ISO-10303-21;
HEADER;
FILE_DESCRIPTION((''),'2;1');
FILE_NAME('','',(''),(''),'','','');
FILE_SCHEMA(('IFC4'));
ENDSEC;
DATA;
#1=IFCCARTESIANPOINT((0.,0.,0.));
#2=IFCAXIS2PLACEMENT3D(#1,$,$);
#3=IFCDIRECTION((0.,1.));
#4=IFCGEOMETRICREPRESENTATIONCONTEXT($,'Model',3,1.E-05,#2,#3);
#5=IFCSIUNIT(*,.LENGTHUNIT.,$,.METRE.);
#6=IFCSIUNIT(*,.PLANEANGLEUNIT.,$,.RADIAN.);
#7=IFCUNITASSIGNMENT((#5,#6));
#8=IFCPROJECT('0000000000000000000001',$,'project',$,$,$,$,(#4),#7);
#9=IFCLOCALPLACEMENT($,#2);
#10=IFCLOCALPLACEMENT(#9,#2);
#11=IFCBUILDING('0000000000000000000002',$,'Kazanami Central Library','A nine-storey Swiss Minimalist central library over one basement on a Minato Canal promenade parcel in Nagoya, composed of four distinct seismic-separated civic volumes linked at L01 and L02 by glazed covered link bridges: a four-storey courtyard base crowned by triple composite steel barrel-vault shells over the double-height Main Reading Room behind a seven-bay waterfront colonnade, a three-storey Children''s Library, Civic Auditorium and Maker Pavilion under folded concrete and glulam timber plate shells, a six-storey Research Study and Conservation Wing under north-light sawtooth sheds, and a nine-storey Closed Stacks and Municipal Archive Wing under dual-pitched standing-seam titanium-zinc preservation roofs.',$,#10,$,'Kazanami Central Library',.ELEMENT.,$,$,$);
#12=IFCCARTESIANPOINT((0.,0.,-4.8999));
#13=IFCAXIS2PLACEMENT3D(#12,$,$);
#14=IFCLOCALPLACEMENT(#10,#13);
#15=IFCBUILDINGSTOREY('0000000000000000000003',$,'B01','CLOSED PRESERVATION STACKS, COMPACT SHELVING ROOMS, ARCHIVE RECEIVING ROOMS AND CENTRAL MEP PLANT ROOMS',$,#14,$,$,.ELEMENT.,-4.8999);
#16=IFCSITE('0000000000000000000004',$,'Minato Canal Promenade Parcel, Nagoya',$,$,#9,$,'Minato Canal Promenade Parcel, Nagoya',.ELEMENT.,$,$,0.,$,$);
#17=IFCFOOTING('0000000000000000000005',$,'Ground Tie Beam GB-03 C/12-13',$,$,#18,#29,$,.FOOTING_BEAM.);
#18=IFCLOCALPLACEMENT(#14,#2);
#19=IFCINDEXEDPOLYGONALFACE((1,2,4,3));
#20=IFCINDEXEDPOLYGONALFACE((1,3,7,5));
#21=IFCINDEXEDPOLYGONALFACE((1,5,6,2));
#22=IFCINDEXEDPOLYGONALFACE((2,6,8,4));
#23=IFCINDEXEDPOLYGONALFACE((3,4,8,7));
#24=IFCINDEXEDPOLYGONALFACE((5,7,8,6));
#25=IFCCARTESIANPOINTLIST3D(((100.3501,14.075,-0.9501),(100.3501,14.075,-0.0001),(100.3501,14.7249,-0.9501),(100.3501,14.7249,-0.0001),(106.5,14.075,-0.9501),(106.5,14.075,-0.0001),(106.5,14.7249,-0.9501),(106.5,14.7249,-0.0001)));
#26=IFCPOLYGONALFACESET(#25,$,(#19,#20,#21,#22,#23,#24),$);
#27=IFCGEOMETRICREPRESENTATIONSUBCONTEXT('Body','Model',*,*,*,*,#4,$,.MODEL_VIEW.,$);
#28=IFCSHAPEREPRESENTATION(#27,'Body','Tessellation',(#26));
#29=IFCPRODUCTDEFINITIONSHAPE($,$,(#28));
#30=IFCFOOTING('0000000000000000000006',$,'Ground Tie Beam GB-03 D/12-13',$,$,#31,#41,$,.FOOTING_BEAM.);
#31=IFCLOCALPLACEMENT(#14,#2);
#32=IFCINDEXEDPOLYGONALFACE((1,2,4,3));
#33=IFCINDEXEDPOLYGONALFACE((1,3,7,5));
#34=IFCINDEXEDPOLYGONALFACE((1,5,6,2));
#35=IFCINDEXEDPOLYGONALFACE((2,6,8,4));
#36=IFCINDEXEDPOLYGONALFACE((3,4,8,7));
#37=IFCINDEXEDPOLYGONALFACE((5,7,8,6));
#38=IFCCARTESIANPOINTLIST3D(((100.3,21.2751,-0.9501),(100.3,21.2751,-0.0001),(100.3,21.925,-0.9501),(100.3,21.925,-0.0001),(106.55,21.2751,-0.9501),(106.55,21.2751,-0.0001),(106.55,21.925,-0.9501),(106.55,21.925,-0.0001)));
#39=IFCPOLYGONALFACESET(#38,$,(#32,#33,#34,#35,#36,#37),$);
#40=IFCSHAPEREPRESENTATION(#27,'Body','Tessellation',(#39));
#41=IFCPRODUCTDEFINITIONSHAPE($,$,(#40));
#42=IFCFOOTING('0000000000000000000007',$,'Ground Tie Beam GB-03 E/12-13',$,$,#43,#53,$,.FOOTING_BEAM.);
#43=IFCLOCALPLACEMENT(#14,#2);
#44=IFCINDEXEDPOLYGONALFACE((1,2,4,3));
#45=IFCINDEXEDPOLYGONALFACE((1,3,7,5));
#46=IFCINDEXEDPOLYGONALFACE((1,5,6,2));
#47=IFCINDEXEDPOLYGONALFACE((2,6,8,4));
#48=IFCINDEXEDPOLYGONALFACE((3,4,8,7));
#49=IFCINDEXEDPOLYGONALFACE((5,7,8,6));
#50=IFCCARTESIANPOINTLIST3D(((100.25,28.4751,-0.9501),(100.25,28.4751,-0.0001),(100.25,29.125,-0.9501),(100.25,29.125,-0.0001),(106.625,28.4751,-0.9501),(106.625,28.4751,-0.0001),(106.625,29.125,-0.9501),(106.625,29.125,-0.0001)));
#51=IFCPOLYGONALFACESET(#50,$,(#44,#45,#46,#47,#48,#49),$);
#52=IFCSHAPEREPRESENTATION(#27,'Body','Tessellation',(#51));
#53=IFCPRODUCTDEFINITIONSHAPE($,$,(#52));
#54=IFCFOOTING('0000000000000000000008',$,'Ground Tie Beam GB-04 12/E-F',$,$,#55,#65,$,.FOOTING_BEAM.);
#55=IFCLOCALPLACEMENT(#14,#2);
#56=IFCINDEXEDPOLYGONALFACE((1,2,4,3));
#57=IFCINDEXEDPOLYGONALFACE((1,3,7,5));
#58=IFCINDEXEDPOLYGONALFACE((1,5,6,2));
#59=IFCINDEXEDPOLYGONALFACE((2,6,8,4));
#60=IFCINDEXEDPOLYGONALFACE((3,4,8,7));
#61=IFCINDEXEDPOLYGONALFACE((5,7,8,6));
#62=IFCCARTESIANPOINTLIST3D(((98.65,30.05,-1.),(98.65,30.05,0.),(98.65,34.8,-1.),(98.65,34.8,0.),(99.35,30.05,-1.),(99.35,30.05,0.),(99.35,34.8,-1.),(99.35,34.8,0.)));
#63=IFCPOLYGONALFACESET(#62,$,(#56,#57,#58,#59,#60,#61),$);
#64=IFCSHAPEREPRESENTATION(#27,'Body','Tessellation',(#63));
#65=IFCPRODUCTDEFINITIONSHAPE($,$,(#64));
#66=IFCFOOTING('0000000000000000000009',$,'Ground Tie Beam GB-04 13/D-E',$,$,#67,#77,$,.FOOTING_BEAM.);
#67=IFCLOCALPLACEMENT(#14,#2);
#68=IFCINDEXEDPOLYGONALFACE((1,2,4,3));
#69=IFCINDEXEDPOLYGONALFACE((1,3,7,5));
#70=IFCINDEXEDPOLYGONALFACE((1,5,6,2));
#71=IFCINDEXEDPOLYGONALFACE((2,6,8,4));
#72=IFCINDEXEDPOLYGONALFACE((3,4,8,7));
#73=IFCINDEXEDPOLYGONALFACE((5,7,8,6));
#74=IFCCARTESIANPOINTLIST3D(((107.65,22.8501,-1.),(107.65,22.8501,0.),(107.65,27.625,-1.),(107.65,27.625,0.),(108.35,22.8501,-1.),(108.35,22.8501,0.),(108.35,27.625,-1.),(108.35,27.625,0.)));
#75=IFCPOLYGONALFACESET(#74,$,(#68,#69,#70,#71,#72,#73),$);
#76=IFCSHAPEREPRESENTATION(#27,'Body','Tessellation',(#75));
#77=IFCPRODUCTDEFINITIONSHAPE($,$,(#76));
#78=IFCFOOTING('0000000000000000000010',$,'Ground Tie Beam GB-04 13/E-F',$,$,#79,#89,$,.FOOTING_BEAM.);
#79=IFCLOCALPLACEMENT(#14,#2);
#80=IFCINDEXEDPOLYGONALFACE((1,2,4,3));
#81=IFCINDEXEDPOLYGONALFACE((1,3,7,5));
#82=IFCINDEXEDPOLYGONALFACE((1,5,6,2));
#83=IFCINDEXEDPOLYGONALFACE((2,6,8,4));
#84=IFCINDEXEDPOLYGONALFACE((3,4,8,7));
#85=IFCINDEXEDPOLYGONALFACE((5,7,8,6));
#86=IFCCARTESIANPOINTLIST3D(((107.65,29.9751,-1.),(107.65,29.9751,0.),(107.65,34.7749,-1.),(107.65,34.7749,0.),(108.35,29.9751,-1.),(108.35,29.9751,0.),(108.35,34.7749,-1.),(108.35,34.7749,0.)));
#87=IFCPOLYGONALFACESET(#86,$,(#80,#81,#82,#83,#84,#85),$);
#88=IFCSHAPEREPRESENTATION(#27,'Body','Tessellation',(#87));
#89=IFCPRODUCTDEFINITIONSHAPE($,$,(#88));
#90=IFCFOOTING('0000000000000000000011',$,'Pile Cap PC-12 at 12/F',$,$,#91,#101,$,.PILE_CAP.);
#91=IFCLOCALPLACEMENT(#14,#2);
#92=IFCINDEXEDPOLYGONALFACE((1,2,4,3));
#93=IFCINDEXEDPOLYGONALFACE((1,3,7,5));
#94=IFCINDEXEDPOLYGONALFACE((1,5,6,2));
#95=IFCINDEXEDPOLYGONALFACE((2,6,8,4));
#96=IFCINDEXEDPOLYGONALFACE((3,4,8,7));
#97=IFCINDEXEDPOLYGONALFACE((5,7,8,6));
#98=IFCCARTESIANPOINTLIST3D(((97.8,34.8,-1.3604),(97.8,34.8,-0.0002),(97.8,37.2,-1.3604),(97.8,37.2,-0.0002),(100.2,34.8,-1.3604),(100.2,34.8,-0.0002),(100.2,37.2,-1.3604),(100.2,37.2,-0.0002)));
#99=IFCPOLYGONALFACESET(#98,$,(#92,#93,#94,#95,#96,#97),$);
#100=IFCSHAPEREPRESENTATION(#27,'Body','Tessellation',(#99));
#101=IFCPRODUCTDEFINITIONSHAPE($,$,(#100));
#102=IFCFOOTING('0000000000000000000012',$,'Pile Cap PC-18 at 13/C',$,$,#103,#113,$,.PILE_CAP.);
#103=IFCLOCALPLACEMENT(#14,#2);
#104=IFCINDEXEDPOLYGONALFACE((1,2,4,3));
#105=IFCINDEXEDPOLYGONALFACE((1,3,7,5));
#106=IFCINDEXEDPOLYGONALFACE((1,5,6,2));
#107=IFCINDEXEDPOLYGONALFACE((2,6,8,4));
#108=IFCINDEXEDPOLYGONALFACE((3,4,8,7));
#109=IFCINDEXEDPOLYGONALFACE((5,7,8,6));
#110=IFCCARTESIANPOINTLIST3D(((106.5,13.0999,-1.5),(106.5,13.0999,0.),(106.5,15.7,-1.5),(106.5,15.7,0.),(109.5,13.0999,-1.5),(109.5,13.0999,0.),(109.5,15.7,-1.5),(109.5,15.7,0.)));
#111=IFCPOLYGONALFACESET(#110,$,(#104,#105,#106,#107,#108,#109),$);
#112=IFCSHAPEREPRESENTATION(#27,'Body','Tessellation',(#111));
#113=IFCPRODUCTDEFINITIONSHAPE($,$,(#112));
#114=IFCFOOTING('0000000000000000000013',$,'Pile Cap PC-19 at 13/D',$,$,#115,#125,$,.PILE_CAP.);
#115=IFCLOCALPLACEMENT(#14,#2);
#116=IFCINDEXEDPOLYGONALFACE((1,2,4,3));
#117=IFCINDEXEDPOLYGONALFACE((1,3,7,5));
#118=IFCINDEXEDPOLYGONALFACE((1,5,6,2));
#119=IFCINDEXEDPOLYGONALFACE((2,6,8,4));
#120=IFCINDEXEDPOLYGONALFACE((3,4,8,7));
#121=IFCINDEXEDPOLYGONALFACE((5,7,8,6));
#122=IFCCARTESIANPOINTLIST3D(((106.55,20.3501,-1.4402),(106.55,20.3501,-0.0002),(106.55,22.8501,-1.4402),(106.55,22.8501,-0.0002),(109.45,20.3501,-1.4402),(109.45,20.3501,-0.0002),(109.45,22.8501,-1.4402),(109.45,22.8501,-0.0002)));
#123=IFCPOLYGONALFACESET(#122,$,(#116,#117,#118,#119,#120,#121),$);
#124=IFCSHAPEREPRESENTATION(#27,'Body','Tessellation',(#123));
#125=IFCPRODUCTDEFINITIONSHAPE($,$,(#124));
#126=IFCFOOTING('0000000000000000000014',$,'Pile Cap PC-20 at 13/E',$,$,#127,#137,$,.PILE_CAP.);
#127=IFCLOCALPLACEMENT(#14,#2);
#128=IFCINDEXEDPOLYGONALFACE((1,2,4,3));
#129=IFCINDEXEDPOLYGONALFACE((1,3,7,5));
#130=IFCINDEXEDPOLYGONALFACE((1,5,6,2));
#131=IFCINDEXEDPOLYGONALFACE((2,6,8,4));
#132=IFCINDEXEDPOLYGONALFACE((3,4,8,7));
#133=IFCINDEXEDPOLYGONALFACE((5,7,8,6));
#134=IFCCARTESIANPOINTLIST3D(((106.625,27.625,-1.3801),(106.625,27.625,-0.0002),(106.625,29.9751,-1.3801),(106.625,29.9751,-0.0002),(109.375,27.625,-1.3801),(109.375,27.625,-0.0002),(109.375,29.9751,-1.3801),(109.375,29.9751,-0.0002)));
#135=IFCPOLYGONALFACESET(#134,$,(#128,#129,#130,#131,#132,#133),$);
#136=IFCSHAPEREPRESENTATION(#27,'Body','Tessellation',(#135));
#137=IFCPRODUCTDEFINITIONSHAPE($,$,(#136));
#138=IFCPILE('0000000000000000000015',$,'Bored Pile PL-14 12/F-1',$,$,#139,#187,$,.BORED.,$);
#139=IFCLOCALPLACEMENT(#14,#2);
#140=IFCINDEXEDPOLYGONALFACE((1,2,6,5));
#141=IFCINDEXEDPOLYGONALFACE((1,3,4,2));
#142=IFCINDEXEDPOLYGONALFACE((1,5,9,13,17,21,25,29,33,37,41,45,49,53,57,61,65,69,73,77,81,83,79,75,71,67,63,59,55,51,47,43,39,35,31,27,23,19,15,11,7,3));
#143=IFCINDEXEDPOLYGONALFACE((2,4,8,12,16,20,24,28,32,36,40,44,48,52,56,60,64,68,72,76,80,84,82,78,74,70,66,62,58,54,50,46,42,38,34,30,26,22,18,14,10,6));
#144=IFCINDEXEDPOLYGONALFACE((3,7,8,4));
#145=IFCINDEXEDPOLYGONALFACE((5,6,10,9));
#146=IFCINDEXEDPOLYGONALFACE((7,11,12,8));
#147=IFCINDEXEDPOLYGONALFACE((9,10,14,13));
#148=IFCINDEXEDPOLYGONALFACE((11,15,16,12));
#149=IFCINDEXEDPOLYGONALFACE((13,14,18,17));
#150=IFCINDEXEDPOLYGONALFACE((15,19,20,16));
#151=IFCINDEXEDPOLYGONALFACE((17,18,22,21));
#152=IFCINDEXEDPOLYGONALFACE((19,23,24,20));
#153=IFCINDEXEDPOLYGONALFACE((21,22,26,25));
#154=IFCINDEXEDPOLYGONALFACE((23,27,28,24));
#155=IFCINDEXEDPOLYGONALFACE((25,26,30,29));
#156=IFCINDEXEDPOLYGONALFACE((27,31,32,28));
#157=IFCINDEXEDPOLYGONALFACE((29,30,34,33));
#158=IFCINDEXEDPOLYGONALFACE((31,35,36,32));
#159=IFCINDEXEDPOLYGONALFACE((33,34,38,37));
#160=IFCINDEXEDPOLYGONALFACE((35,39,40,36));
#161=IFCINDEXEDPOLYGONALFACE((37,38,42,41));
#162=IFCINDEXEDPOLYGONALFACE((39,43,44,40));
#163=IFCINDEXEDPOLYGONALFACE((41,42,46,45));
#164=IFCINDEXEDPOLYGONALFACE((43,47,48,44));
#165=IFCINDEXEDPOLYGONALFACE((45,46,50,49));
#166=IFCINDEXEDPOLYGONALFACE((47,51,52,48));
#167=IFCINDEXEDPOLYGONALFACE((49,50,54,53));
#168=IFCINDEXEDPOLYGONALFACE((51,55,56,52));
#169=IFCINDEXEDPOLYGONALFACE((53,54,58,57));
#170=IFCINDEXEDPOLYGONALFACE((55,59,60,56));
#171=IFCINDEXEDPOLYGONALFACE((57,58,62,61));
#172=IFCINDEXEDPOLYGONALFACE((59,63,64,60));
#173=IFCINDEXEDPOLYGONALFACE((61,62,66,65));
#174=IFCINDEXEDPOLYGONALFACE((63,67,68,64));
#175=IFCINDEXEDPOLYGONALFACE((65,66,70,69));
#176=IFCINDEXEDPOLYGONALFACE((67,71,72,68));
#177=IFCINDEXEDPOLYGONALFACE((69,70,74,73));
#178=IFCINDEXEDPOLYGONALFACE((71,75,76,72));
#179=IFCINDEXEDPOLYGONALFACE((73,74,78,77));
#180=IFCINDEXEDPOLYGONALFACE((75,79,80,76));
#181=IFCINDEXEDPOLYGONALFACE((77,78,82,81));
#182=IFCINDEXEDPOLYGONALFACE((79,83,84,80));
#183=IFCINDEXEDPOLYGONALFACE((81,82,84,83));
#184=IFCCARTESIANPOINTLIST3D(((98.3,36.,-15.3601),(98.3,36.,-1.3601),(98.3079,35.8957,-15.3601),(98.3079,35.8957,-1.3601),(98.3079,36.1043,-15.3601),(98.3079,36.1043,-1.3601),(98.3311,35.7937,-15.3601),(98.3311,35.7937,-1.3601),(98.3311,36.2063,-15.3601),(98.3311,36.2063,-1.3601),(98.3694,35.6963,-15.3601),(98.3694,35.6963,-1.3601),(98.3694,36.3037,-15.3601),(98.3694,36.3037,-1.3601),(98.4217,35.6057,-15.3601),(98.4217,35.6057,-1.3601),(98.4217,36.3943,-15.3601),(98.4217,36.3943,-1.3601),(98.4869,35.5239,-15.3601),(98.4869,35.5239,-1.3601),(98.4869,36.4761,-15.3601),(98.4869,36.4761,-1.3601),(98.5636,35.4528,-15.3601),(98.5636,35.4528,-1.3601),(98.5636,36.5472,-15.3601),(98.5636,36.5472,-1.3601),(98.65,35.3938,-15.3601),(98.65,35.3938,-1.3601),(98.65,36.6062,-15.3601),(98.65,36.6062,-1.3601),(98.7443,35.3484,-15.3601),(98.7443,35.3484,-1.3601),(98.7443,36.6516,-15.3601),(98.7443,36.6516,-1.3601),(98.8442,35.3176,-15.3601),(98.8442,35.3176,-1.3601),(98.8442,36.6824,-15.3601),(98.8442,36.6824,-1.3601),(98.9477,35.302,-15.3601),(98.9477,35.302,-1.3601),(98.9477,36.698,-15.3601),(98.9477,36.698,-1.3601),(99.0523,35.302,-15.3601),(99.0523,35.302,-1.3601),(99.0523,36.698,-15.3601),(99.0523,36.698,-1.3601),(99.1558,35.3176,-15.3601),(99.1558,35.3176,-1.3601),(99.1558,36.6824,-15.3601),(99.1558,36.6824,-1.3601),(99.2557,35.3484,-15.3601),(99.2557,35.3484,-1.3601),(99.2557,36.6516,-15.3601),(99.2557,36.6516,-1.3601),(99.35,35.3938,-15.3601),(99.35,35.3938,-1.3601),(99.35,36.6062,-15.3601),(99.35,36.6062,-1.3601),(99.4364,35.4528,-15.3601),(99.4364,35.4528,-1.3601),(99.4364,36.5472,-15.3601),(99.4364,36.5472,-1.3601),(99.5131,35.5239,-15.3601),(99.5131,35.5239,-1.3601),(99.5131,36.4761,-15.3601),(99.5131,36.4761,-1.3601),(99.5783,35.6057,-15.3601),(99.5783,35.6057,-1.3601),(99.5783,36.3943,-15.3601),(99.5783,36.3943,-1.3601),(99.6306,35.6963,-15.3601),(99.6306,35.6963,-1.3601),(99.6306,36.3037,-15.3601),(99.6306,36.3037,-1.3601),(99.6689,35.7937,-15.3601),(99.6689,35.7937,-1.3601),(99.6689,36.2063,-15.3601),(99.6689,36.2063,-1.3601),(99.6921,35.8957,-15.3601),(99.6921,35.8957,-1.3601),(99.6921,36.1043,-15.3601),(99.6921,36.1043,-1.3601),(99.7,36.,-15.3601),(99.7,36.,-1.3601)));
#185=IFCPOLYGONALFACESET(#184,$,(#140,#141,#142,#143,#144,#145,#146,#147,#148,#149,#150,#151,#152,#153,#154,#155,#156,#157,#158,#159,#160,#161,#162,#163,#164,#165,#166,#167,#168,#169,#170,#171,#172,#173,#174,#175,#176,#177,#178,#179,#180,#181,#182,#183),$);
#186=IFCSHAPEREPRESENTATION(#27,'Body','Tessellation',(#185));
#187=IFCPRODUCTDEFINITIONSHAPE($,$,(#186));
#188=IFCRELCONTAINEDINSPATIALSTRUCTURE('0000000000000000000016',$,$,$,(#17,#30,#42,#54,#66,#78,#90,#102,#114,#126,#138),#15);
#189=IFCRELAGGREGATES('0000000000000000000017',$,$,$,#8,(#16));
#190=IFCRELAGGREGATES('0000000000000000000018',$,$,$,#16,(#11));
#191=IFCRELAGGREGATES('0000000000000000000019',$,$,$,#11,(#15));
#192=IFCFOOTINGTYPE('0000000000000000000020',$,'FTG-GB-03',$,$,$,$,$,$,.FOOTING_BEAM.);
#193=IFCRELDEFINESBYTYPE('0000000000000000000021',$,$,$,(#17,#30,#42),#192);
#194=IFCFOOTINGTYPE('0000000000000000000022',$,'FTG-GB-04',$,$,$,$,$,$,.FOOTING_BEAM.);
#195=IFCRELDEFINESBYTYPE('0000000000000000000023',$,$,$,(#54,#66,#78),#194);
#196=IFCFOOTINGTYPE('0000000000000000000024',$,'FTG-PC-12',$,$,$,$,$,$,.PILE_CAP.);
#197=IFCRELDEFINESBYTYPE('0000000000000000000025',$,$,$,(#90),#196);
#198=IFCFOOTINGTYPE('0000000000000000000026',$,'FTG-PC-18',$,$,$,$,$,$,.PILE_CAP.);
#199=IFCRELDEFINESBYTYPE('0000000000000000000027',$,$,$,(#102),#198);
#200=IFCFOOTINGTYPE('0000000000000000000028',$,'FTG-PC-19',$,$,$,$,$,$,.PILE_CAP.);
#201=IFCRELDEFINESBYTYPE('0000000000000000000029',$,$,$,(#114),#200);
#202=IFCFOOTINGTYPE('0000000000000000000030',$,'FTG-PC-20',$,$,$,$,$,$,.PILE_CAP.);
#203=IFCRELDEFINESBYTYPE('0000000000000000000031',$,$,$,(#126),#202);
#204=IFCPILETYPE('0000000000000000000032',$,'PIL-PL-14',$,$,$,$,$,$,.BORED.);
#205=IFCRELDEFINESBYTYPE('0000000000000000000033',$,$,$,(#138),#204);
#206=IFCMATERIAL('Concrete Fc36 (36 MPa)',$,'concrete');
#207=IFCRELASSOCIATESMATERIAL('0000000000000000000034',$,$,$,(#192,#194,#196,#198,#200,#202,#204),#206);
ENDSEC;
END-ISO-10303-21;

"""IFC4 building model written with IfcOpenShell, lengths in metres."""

from ifc_helpers import new_model, si_unit, direction, frame, origin, origin_2d, place, context, subcontext, project, spatial, rectangle, circle, extrude, material, material_profile, profile_set, type_object, element, save


model = new_model("IFC4")

# Units and contexts
model_context = context("Model", 3, precision=1e-05, world=origin(), true_north=direction((0.0, 1.0)))
body_context = subcontext(model_context, "Body", "Model", "MODEL_VIEW")
ifc_project = project(units=[si_unit("LENGTHUNIT", "METRE"), si_unit("PLANEANGLEUNIT", "RADIAN")], contexts=[model_context])

# Site, building, storey
site_placement = place(None, origin())
site = spatial("IfcSite", under=ifc_project, at=site_placement, Name="Minato Canal Promenade Parcel, Nagoya", LongName="Minato Canal Promenade Parcel, Nagoya", CompositionType="ELEMENT", RefElevation=0.0)
building_placement = place(site_placement, origin())
building = spatial("IfcBuilding", under=site, at=building_placement, Name="Kazanami Central Library", Description="A nine-storey Swiss Minimalist central library over one basement on a Minato Canal promenade parcel in Nagoya, composed of four distinct seismic-separated civic volumes linked at L01 and L02 by glazed covered link bridges: a four-storey courtyard base crowned by triple composite steel barrel-vault shells over the double-height Main Reading Room behind a seven-bay waterfront colonnade, a three-storey Children's Library, Civic Auditorium and Maker Pavilion under folded concrete and glulam timber plate shells, a six-storey Research Study and Conservation Wing under north-light sawtooth sheds, and a nine-storey Closed Stacks and Municipal Archive Wing under dual-pitched standing-seam titanium-zinc preservation roofs.", LongName="Kazanami Central Library", CompositionType="ELEMENT")
storey_placement = place(building_placement, frame((0.0, 0.0, -4.8999)))
storey = spatial("IfcBuildingStorey", under=building, at=storey_placement, Name="B01", Description="CLOSED PRESERVATION STACKS, COMPACT SHELVING ROOMS, ARCHIVE RECEIVING ROOMS AND CENTRAL MEP PLANT ROOMS", CompositionType="ELEMENT", Elevation=-4.8999)

# Footings
ifc_material_1 = material(Name="Concrete Fc36 (36 MPa)", Category="concrete")
ifc_material_profile_1 = material_profile(ifc_material_1, rectangle(XDim=0.6499, YDim=0.95, at=origin_2d()), Name="RC-650x950")
ifc_profile_set_1 = profile_set([ifc_material_profile_1], Name="Concrete Fc36 (36 MPa)")
footing_type_1 = type_object("IfcFootingType", Name="FTG-GB-03", PredefinedType="FOOTING_BEAM", material=ifc_profile_set_1)
footing_1_placement = place(storey_placement, frame((100.3501, 14.3999, -0.4751), z_axis=(1.0, 0.0, 0.0), x_axis=(0.0, 1.0, 0.0)))
element("IfcFooting", 1, at=footing_1_placement, inside=storey, type_object=footing_type_1, Name="Ground Tie Beam GB-03 C/12-13", PredefinedType="FOOTING_BEAM", context=body_context, shape_type="SweptSolid", body=[
    extrude(rectangle(XDim=0.6499, YDim=0.95, at=origin_2d()), origin(), (0.0, 0.0, 1.0), 6.1499),
])
footing_2_placement = place(storey_placement, frame((100.3, 21.6001, -0.4751), z_axis=(1.0, 0.0, 0.0), x_axis=(0.0, 1.0, 0.0)))
element("IfcFooting", 2, at=footing_2_placement, inside=storey, type_object=footing_type_1, Name="Ground Tie Beam GB-03 D/12-13", PredefinedType="FOOTING_BEAM", context=body_context, shape_type="SweptSolid", body=[
    extrude(rectangle(XDim=0.6499, YDim=0.95, at=origin_2d()), origin(), (0.0, 0.0, 1.0), 6.25),
])
footing_3_placement = place(storey_placement, frame((100.25, 28.8, -0.4751), z_axis=(1.0, 0.0, 0.0), x_axis=(0.0, 1.0, 0.0)))
element("IfcFooting", 3, at=footing_3_placement, inside=storey, type_object=footing_type_1, Name="Ground Tie Beam GB-03 E/12-13", PredefinedType="FOOTING_BEAM", context=body_context, shape_type="SweptSolid", body=[
    extrude(rectangle(XDim=0.6499, YDim=0.95, at=origin_2d()), origin(), (0.0, 0.0, 1.0), 6.375),
])
ifc_material_profile_2 = material_profile(ifc_material_1, rectangle(XDim=0.7, YDim=1.0, at=origin_2d()), Name="RC-700x1000")
ifc_profile_set_2 = profile_set([ifc_material_profile_2], Name="Concrete Fc36 (36 MPa)")
footing_type_2 = type_object("IfcFootingType", Name="FTG-GB-04", PredefinedType="FOOTING_BEAM", material=ifc_profile_set_2)
footing_4_placement = place(storey_placement, frame((99.0, 30.05, -0.5), z_axis=(0.0, 1.0, 0.0), x_axis=(-1.0, 0.0, 0.0)))
element("IfcFooting", 4, at=footing_4_placement, inside=storey, type_object=footing_type_2, Name="Ground Tie Beam GB-04 12/E-F", PredefinedType="FOOTING_BEAM", context=body_context, shape_type="SweptSolid", body=[
    extrude(rectangle(XDim=0.7, YDim=1.0, at=origin_2d()), origin(), (0.0, 0.0, 1.0), 4.75),
])
footing_5_placement = place(storey_placement, frame((108.0, 22.8501, -0.5), z_axis=(0.0, 1.0, 0.0), x_axis=(-1.0, 0.0, 0.0)))
element("IfcFooting", 5, at=footing_5_placement, inside=storey, type_object=footing_type_2, Name="Ground Tie Beam GB-04 13/D-E", PredefinedType="FOOTING_BEAM", context=body_context, shape_type="SweptSolid", body=[
    extrude(rectangle(XDim=0.7, YDim=1.0, at=origin_2d()), origin(), (0.0, 0.0, 1.0), 4.7749),
])
footing_6_placement = place(storey_placement, frame((108.0, 29.9751, -0.5), z_axis=(0.0, 1.0, 0.0), x_axis=(-1.0, 0.0, 0.0)))
element("IfcFooting", 6, at=footing_6_placement, inside=storey, type_object=footing_type_2, Name="Ground Tie Beam GB-04 13/E-F", PredefinedType="FOOTING_BEAM", context=body_context, shape_type="SweptSolid", body=[
    extrude(rectangle(XDim=0.7, YDim=1.0, at=origin_2d()), origin(), (0.0, 0.0, 1.0), 4.7998),
])
footing_type_3 = type_object("IfcFootingType", Name="FTG-PC-12", PredefinedType="PILE_CAP", material=ifc_material_1)
footing_7_placement = place(storey_placement, frame((99.0, 36.0, -1.3604), z_axis=(0.0, 0.0, 1.0), x_axis=(1.0, 0.0, 0.0)))
element("IfcFooting", 7, at=footing_7_placement, inside=storey, type_object=footing_type_3, Name="Pile Cap PC-12 at 12/F", PredefinedType="PILE_CAP", context=body_context, shape_type="SweptSolid", body=[
    extrude(rectangle(XDim=2.3999, YDim=2.3999, at=origin_2d()), origin(), (0.0, 0.0, 1.0), 1.3601),
])
footing_type_4 = type_object("IfcFootingType", Name="FTG-PC-18", PredefinedType="PILE_CAP", material=ifc_material_1)
footing_8_placement = place(storey_placement, frame((108.0, 14.3999, -1.5), z_axis=(0.0, 0.0, 1.0), x_axis=(1.0, 0.0, 0.0)))
element("IfcFooting", 8, at=footing_8_placement, inside=storey, type_object=footing_type_4, Name="Pile Cap PC-18 at 13/C", PredefinedType="PILE_CAP", context=body_context, shape_type="SweptSolid", body=[
    extrude(rectangle(XDim=3.0, YDim=2.6001, at=origin_2d()), origin(), (0.0, 0.0, 1.0), 1.5),
])
footing_type_5 = type_object("IfcFootingType", Name="FTG-PC-19", PredefinedType="PILE_CAP", material=ifc_material_1)
footing_9_placement = place(storey_placement, frame((108.0, 21.6001, -1.4402), z_axis=(0.0, 0.0, 1.0), x_axis=(1.0, 0.0, 0.0)))
element("IfcFooting", 9, at=footing_9_placement, inside=storey, type_object=footing_type_5, Name="Pile Cap PC-19 at 13/D", PredefinedType="PILE_CAP", context=body_context, shape_type="SweptSolid", body=[
    extrude(rectangle(XDim=2.8999, YDim=2.5, at=origin_2d()), origin(), (0.0, 0.0, 1.0), 1.4399),
])
footing_type_6 = type_object("IfcFootingType", Name="FTG-PC-20", PredefinedType="PILE_CAP", material=ifc_material_1)
footing_10_placement = place(storey_placement, frame((108.0, 28.8, -1.3801), z_axis=(0.0, 0.0, 1.0), x_axis=(1.0, 0.0, 0.0)))
element("IfcFooting", 10, at=footing_10_placement, inside=storey, type_object=footing_type_6, Name="Pile Cap PC-20 at 13/E", PredefinedType="PILE_CAP", context=body_context, shape_type="SweptSolid", body=[
    extrude(rectangle(XDim=2.75, YDim=2.3501, at=origin_2d()), origin(), (0.0, 0.0, 1.0), 1.3799),
])

# Pile
ifc_material_profile_3 = material_profile(ifc_material_1, circle(Radius=0.7, at=origin_2d()), Name="BORED-D1400")
ifc_profile_set_3 = profile_set([ifc_material_profile_3], Name="Concrete Fc36 (36 MPa)")
pile_type_1 = type_object("IfcPileType", Name="PIL-PL-14", PredefinedType="BORED", material=ifc_profile_set_3)
for number, where, z_axis, x_axis, name in (
    (11, (99.0, 36.0, -1.3601), (0.0, 0.0, -1.0), (1.0, 0.0, 0.0), "Bored Pile PL-14 12/F-1"),
):
    element("IfcPile", number, at=place(storey_placement, frame(where, z_axis=z_axis, x_axis=x_axis)), inside=storey, type_object=pile_type_1, Name=name, PredefinedType="BORED", context=body_context, shape_type="SweptSolid", body=[
        extrude(circle(Radius=0.7, at=origin_2d()), origin(), (0.0, 0.0, 1.0), 14.0),
    ])

save(model, "model.ifc")
